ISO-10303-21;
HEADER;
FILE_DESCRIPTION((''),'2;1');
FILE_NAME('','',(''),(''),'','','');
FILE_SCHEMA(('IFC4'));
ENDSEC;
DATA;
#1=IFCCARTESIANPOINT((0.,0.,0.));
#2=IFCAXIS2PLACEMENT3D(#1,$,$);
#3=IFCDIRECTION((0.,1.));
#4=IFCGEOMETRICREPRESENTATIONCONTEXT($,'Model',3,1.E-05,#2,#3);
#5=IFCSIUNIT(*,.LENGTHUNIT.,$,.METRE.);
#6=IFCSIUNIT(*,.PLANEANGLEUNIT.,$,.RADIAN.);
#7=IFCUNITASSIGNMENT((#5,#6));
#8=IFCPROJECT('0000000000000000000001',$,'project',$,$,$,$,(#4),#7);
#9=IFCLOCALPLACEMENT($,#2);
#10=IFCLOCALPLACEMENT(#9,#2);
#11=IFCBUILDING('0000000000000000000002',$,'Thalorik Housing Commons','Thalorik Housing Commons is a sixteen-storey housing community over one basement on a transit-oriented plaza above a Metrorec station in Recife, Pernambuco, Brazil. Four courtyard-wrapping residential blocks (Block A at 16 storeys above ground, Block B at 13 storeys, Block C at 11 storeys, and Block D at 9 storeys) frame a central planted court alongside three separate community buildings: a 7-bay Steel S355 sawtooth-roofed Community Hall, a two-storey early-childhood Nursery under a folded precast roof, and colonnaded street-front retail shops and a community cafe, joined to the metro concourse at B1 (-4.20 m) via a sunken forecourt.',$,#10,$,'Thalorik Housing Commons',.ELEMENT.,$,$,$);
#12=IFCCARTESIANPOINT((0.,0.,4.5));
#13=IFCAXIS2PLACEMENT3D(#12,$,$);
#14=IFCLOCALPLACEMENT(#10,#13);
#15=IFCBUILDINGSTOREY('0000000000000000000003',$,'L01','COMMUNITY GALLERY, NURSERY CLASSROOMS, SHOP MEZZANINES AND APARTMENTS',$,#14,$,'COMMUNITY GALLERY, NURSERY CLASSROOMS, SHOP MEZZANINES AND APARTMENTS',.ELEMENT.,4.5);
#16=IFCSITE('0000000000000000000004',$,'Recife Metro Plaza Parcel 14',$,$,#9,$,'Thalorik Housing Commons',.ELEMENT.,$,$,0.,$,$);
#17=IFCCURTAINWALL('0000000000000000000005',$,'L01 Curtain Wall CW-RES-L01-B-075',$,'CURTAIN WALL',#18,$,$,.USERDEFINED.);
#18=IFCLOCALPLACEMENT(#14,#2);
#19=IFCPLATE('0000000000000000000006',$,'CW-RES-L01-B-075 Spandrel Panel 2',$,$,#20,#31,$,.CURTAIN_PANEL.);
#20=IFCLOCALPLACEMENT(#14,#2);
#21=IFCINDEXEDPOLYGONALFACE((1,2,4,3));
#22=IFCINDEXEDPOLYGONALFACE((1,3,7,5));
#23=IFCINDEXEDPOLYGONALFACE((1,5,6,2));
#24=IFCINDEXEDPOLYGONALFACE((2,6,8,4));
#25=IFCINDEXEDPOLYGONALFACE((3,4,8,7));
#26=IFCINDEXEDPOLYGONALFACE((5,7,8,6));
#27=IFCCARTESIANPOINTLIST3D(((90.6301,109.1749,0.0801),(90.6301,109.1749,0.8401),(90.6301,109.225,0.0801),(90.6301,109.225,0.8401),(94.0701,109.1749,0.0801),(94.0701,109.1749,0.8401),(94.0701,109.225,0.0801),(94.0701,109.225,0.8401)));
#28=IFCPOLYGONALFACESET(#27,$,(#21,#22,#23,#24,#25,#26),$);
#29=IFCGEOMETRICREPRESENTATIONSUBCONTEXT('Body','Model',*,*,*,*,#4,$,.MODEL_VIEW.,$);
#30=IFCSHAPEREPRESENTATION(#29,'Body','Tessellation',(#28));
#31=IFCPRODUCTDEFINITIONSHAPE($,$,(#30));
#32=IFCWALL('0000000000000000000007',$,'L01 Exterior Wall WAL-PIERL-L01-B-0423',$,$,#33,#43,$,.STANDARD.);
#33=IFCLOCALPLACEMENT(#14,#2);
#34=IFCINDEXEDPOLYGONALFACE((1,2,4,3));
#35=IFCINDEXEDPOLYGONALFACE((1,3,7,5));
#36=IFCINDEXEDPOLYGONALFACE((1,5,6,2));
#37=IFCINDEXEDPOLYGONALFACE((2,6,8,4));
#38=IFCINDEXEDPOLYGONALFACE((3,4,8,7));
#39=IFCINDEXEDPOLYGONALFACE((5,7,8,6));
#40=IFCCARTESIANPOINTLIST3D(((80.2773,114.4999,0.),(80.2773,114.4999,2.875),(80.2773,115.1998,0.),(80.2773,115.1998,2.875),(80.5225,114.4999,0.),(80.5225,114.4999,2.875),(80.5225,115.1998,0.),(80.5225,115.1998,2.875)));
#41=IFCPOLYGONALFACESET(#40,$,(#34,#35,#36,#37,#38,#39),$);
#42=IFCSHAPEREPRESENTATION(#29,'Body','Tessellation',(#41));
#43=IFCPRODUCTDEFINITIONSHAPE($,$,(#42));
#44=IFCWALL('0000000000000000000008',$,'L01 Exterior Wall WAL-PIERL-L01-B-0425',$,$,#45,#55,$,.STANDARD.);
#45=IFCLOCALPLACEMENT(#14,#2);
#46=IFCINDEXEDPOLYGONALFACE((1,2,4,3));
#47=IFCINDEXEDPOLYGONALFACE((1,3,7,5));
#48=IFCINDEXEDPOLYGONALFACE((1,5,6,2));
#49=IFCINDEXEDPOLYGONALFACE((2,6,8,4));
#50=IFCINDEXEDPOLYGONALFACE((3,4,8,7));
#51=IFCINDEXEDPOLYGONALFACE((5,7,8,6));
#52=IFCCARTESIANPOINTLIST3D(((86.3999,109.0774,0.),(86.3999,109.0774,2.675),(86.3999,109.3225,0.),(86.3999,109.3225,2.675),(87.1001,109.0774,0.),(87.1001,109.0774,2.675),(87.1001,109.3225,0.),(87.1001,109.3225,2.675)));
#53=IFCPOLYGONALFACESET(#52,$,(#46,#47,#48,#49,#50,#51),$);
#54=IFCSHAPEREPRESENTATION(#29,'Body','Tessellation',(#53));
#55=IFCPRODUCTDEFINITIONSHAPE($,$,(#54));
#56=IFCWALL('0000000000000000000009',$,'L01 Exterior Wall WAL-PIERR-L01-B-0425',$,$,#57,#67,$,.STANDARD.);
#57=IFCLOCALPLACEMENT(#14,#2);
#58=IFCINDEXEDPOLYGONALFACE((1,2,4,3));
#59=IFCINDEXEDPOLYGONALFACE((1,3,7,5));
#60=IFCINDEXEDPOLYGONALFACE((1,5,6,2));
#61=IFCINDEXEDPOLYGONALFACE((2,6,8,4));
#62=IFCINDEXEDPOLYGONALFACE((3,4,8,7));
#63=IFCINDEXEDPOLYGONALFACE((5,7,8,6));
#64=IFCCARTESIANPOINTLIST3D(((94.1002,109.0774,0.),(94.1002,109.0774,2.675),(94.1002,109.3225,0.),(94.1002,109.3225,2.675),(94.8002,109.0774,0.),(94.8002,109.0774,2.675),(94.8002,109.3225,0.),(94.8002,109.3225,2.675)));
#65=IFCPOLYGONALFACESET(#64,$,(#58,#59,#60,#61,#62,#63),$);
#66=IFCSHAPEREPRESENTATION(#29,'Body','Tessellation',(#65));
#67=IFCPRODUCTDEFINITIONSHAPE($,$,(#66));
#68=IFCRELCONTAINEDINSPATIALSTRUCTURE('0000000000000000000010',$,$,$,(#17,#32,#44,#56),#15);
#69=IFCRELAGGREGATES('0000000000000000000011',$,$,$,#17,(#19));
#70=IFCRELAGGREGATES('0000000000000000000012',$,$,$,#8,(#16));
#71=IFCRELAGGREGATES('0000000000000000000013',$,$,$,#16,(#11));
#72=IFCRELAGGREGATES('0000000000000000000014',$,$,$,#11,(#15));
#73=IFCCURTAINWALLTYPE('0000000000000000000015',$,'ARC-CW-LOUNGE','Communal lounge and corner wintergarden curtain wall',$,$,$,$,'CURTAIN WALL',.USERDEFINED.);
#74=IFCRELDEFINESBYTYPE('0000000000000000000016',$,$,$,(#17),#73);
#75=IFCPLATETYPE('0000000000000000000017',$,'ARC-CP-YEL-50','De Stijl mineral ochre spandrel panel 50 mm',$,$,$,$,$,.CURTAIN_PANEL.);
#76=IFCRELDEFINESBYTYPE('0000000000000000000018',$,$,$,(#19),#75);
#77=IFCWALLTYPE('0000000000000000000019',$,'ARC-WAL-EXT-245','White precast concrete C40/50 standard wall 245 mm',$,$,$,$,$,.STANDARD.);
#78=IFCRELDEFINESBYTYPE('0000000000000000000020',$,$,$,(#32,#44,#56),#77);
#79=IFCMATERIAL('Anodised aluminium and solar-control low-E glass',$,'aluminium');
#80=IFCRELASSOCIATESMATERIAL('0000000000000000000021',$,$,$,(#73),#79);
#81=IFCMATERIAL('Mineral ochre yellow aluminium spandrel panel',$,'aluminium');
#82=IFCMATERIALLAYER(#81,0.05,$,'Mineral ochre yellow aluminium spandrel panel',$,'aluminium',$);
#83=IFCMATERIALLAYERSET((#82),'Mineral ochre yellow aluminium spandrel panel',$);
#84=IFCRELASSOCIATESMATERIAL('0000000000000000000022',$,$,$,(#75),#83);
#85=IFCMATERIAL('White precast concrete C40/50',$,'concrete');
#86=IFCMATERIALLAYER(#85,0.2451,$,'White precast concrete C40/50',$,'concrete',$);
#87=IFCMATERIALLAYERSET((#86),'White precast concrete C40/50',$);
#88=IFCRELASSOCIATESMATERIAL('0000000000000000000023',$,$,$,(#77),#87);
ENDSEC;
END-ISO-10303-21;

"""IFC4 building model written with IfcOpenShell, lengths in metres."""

from ifc_helpers import new_model, si_unit, direction, frame, frame_2d, origin, origin_2d, place, context, subcontext, project, spatial, rectangle, extrude, material, layer, layer_set, type_object, element, aggregate, save


model = new_model("IFC4")

# Units and contexts
model_context = context("Model", 3, precision=1e-05, world=origin(), true_north=direction((0.0, 1.0)))
body_context = subcontext(model_context, "Body", "Model", "MODEL_VIEW")
ifc_project = project(units=[si_unit("LENGTHUNIT", "METRE"), si_unit("PLANEANGLEUNIT", "RADIAN")], contexts=[model_context])

# Site, building, storey
site_placement = place(None, origin())
site = spatial("IfcSite", under=ifc_project, at=site_placement, Name="Recife Metro Plaza Parcel 14", LongName="Thalorik Housing Commons", CompositionType="ELEMENT", RefElevation=0.0)
building_placement = place(site_placement, origin())
building = spatial("IfcBuilding", under=site, at=building_placement, Name="Thalorik Housing Commons", Description="Thalorik Housing Commons is a sixteen-storey housing community over one basement on a transit-oriented plaza above a Metrorec station in Recife, Pernambuco, Brazil. Four courtyard-wrapping residential blocks (Block A at 16 storeys above ground, Block B at 13 storeys, Block C at 11 storeys, and Block D at 9 storeys) frame a central planted court alongside three separate community buildings: a 7-bay Steel S355 sawtooth-roofed Community Hall, a two-storey early-childhood Nursery under a folded precast roof, and colonnaded street-front retail shops and a community cafe, joined to the metro concourse at B1 (-4.20 m) via a sunken forecourt.", LongName="Thalorik Housing Commons", CompositionType="ELEMENT")
storey_placement = place(building_placement, frame((0.0, 0.0, 4.5)))
storey = spatial("IfcBuildingStorey", under=building, at=storey_placement, Name="L01", Description="COMMUNITY GALLERY, NURSERY CLASSROOMS, SHOP MEZZANINES AND APARTMENTS", LongName="COMMUNITY GALLERY, NURSERY CLASSROOMS, SHOP MEZZANINES AND APARTMENTS", CompositionType="ELEMENT", Elevation=4.5)

# Curtain wall
ifc_material_1 = material(Name="Anodised aluminium and solar-control low-E glass", Category="aluminium")
curtain_wall_type = type_object("IfcCurtainWallType", Name="ARC-CW-LOUNGE", Description="Communal lounge and corner wintergarden curtain wall", ElementType="CURTAIN WALL", PredefinedType="USERDEFINED", material=ifc_material_1)
curtain_wall_placement = place(storey_placement, origin())
curtain_wall = element("IfcCurtainWall", 1, at=curtain_wall_placement, inside=storey, type_object=curtain_wall_type, Name="L01 Curtain Wall CW-RES-L01-B-075", ObjectType="CURTAIN WALL", PredefinedType="USERDEFINED")

# Plate
ifc_material_2 = material(Name="Mineral ochre yellow aluminium spandrel panel", Category="aluminium")
ifc_layer_1 = layer(ifc_material_2, 0.05, Name="Mineral ochre yellow aluminium spandrel panel", Category="aluminium")
ifc_layer_set_1 = layer_set([ifc_layer_1], Name="Mineral ochre yellow aluminium spandrel panel")
plate_type_1 = type_object("IfcPlateType", Name="ARC-CP-YEL-50", Description="De Stijl mineral ochre spandrel panel 50 mm", PredefinedType="CURTAIN_PANEL", material=ifc_layer_set_1)
plate_1_placement = place(storey_placement, frame((92.3501, 109.2, 0.0801), z_axis=(0.0, 0.0, 1.0), x_axis=(1.0, 0.0, 0.0)))
plate_1 = element("IfcPlate", 2, at=plate_1_placement, type_object=plate_type_1, Name="CW-RES-L01-B-075 Spandrel Panel 2", PredefinedType="CURTAIN_PANEL", context=body_context, shape_type="SweptSolid", body=[
    extrude(rectangle(XDim=3.4399, YDim=0.05, at=origin_2d()), origin(), (0.0, 0.0, 1.0), 0.76),
])
aggregate(curtain_wall, [plate_1])

# Walls
ifc_material_3 = material(Name="White precast concrete C40/50", Category="concrete")
ifc_layer_2 = layer(ifc_material_3, 0.2451, Name="White precast concrete C40/50", Category="concrete")
ifc_layer_set_2 = layer_set([ifc_layer_2], Name="White precast concrete C40/50")
wall_type = type_object("IfcWallType", Name="ARC-WAL-EXT-245", Description="White precast concrete C40/50 standard wall 245 mm", PredefinedType="STANDARD", material=ifc_layer_set_2)
wall_1_placement = place(storey_placement, frame((80.3999, 115.2, 0.0), z_axis=(0.0, 0.0, 1.0), x_axis=(0.0, -1.0, 0.0)))
element("IfcWall", 3, at=wall_1_placement, inside=storey, type_object=wall_type, Name="L01 Exterior Wall WAL-PIERL-L01-B-0423", PredefinedType="STANDARD", context=body_context, shape_type="SweptSolid", body=[
    extrude(rectangle(XDim=0.7, YDim=0.2451, at=frame_2d((0.3501, 0.0))), origin(), (0.0, 0.0, 1.0), 2.875),
])
wall_2_placement = place(storey_placement, frame((86.3999, 109.2, 0.0), z_axis=(0.0, 0.0, 1.0), x_axis=(1.0, 0.0, 0.0)))
element("IfcWall", 4, at=wall_2_placement, inside=storey, type_object=wall_type, Name="L01 Exterior Wall WAL-PIERL-L01-B-0425", PredefinedType="STANDARD", context=body_context, shape_type="SweptSolid", body=[
    extrude(rectangle(XDim=0.7002, YDim=0.2451, at=frame_2d((0.3501, 0.0))), origin(), (0.0, 0.0, 1.0), 2.675),
])
wall_3_placement = place(storey_placement, frame((94.1001, 109.2, 0.0), z_axis=(0.0, 0.0, 1.0), x_axis=(1.0, 0.0, 0.0)))
element("IfcWall", 5, at=wall_3_placement, inside=storey, type_object=wall_type, Name="L01 Exterior Wall WAL-PIERR-L01-B-0425", PredefinedType="STANDARD", context=body_context, shape_type="SweptSolid", body=[
    extrude(rectangle(XDim=0.7, YDim=0.2451, at=frame_2d((0.3501, 0.0))), origin(), (0.0, 0.0, 1.0), 2.675),
])

save(model, "model.ifc")
